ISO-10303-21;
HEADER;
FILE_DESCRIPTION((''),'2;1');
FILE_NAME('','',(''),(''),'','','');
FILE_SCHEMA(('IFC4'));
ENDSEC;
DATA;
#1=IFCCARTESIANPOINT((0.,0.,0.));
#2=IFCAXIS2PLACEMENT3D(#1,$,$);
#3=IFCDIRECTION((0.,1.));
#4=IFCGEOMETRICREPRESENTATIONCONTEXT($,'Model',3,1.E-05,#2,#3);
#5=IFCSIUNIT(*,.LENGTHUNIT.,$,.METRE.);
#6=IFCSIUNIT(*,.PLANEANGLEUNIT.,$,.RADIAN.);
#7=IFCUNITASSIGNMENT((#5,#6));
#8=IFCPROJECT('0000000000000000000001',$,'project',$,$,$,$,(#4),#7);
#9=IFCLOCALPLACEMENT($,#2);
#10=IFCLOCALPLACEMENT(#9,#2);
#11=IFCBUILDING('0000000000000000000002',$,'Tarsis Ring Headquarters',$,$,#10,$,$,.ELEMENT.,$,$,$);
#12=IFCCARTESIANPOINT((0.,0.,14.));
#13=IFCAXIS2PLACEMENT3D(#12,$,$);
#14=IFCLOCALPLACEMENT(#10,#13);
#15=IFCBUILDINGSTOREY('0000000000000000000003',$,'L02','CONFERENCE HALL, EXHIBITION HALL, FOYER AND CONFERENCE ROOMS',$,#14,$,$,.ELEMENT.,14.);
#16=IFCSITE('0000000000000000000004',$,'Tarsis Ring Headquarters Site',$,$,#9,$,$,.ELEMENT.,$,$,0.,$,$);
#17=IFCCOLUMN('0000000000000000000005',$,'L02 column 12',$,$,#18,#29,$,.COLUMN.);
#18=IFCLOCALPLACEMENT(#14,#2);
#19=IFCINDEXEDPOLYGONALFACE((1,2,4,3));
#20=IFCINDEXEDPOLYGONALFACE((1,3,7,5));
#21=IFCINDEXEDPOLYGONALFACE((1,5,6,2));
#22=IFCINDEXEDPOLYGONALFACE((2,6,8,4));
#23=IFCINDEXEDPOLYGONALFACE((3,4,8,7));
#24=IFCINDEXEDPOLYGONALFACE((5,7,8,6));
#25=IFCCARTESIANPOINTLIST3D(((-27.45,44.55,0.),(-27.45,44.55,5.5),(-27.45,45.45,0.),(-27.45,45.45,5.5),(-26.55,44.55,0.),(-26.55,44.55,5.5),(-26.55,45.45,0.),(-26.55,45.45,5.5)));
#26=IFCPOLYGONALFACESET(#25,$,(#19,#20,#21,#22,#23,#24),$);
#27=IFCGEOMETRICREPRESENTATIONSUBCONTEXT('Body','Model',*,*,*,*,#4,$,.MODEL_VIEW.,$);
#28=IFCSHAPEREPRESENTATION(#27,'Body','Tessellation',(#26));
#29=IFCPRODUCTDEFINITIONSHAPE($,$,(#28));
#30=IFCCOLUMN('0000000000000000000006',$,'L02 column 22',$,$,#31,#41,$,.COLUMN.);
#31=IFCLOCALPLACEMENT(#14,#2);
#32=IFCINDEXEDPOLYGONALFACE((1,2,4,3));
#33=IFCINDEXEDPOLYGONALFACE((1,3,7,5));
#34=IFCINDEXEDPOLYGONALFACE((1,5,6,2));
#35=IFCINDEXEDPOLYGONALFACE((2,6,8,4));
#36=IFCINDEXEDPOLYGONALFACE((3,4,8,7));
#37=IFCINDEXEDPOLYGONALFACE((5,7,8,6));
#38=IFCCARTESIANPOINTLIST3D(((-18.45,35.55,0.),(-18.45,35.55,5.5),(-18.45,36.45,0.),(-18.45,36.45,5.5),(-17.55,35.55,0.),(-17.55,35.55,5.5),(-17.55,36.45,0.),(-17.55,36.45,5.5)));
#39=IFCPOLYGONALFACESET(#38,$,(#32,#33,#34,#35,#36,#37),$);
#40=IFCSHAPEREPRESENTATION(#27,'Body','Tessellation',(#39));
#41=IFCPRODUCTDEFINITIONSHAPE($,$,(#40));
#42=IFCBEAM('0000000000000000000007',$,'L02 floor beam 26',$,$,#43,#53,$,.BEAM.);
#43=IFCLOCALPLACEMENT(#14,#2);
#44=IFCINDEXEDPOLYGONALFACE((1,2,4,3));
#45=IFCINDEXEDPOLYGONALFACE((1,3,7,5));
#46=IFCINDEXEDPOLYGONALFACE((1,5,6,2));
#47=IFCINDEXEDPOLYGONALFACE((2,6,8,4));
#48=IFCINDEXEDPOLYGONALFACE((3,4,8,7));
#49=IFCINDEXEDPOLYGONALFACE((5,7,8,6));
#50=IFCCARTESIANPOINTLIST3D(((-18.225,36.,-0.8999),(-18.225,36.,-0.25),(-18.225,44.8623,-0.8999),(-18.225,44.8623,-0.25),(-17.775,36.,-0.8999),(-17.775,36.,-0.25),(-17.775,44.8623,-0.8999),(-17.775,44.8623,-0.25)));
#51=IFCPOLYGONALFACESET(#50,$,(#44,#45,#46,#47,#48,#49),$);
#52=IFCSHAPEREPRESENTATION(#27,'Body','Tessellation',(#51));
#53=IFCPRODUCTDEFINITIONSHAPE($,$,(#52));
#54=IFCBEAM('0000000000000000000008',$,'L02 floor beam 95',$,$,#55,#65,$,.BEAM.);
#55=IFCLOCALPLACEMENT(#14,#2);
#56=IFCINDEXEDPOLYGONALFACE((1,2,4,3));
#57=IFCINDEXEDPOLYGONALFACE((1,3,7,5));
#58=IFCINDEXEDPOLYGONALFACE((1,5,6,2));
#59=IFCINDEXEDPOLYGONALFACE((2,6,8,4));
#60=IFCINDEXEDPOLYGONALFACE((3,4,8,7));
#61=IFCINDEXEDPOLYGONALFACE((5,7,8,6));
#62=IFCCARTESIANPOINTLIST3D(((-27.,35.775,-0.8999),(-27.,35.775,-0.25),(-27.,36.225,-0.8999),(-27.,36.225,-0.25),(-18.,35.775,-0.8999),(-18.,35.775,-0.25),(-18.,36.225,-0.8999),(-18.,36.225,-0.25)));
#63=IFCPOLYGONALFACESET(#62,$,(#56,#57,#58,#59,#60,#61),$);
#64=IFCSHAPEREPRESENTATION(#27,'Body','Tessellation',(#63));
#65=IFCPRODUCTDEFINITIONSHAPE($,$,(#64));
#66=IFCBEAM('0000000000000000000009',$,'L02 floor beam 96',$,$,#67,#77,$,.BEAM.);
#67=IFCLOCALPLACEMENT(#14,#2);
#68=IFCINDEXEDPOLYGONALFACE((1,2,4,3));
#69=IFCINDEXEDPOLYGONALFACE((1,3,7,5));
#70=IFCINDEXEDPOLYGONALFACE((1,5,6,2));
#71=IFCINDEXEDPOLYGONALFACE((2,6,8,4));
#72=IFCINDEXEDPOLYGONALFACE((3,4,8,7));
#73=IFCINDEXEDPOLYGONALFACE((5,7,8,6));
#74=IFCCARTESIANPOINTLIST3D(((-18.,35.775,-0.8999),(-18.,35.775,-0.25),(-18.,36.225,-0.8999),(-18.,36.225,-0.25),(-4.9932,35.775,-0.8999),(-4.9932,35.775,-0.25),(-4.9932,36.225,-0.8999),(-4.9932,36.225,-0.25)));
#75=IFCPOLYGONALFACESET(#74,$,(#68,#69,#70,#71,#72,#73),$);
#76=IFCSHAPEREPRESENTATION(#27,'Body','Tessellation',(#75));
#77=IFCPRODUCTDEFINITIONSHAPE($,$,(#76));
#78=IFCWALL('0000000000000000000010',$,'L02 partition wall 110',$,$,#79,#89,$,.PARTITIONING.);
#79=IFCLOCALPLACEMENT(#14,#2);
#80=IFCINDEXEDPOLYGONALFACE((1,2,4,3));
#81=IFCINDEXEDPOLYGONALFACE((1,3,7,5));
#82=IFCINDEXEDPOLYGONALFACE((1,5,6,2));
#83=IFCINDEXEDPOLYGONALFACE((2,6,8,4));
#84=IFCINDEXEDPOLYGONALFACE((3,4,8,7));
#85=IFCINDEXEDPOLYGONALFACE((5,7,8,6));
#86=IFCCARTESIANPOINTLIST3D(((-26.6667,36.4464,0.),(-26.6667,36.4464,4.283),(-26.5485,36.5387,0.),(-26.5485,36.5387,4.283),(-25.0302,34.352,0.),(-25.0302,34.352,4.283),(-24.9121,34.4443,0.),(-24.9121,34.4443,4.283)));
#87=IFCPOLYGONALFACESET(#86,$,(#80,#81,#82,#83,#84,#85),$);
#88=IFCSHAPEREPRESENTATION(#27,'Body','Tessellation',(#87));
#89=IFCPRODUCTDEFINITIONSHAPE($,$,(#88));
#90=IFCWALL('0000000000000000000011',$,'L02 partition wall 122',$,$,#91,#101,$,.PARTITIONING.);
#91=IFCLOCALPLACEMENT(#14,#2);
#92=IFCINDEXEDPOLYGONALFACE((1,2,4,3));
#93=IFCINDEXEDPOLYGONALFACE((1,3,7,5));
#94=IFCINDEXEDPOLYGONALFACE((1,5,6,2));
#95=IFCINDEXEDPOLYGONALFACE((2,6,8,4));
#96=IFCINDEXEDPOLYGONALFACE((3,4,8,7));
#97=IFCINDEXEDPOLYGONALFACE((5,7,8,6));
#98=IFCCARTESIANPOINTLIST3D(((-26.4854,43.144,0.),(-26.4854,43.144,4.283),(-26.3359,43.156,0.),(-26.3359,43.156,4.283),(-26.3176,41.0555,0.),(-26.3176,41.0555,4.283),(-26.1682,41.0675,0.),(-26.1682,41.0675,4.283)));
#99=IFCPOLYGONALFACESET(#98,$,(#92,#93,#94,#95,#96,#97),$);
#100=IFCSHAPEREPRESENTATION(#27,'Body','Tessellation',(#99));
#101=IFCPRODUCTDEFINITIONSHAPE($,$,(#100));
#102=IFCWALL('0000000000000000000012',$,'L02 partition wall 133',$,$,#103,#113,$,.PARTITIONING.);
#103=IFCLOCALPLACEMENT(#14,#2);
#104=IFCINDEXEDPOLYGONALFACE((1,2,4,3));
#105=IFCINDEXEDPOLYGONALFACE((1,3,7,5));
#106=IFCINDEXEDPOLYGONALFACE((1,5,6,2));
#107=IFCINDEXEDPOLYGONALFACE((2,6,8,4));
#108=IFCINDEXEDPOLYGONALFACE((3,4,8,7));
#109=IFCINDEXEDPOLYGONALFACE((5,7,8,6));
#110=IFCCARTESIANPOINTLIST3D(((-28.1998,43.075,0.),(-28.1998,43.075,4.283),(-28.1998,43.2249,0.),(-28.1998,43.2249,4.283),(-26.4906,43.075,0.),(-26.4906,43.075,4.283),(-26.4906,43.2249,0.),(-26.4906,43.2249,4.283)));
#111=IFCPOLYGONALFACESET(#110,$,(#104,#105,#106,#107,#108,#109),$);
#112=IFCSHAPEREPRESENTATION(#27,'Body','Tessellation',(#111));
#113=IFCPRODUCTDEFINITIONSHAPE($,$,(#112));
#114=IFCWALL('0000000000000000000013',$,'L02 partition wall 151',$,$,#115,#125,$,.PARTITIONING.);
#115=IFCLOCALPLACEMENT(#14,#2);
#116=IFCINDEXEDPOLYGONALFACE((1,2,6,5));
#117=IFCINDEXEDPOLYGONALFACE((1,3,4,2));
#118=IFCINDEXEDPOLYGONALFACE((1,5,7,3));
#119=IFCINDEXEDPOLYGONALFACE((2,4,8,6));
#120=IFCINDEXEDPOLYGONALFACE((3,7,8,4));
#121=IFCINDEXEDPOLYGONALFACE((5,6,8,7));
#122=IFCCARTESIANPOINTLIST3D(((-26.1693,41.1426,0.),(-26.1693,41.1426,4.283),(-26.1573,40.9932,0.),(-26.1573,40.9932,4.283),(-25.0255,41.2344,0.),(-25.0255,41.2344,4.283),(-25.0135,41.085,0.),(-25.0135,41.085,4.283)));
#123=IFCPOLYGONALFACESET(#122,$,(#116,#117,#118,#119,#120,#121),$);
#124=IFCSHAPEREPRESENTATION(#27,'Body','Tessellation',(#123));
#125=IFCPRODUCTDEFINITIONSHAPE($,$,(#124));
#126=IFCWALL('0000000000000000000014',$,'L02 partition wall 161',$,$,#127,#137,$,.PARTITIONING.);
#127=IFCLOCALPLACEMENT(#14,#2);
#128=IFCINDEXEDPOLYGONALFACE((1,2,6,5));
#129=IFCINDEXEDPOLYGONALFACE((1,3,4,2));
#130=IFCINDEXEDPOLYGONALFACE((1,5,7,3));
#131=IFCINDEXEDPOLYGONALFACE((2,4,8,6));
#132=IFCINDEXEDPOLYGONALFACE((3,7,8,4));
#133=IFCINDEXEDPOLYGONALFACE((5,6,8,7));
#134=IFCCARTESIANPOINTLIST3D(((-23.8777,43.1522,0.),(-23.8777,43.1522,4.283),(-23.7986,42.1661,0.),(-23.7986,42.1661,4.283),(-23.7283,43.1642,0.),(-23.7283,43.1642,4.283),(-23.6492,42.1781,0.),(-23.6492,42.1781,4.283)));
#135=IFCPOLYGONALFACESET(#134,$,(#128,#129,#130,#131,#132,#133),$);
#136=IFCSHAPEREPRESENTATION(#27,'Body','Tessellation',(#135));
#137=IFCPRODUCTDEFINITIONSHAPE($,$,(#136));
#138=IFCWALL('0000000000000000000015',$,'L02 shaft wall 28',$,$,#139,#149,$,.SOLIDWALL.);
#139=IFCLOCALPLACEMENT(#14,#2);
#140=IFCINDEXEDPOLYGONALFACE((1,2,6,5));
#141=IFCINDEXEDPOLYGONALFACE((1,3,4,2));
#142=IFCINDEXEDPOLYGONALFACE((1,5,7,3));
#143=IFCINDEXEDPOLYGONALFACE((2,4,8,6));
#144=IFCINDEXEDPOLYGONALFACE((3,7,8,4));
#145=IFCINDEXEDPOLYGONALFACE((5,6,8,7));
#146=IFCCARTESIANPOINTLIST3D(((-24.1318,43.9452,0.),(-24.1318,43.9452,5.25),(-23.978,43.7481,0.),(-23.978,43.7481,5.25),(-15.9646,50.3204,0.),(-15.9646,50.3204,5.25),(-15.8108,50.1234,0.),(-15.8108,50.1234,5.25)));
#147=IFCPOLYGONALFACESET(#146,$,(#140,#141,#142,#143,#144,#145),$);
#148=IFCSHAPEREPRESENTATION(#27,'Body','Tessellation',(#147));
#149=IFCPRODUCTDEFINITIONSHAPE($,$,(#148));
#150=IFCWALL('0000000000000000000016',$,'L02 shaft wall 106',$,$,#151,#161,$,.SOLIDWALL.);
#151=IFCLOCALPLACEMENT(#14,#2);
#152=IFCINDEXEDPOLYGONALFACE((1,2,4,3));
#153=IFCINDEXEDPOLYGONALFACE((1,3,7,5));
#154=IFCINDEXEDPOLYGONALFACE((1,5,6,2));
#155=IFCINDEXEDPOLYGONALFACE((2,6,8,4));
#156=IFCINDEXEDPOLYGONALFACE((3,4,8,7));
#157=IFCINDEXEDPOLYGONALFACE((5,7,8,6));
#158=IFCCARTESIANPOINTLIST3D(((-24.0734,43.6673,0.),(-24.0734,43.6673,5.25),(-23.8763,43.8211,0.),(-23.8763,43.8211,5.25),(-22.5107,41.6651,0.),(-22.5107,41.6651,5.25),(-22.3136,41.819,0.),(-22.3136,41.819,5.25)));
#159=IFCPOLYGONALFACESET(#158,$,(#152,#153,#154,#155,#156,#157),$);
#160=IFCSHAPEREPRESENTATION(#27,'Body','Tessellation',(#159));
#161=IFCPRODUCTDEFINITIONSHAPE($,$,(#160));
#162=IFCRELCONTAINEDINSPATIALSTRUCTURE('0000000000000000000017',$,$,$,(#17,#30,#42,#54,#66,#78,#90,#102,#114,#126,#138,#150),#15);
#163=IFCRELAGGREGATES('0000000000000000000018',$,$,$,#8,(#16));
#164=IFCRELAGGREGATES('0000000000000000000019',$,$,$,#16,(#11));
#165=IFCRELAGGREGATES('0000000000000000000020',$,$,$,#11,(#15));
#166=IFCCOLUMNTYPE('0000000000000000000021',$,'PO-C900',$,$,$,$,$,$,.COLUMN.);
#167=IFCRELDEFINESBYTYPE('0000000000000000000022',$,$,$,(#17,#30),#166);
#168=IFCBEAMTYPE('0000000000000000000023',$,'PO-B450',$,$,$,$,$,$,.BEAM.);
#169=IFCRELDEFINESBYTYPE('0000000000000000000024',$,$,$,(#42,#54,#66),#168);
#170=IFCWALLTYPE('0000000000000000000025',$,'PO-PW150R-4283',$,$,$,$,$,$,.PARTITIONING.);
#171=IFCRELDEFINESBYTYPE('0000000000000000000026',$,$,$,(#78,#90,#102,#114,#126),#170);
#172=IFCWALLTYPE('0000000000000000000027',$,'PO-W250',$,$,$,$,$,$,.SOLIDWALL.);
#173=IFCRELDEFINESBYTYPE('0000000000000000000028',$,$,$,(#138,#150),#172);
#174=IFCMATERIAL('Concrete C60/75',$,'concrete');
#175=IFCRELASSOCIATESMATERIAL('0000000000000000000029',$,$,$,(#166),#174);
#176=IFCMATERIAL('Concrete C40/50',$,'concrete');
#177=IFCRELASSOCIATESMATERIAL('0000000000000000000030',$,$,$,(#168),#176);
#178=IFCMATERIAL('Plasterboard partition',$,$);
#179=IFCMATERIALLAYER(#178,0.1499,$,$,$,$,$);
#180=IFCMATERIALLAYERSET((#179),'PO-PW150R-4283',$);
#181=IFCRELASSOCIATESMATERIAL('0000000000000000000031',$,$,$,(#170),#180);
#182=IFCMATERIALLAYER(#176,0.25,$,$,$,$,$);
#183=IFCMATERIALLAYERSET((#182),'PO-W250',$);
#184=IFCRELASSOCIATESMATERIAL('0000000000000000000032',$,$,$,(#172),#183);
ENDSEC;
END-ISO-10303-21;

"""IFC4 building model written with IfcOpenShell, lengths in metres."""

from ifc_helpers import new_model, si_unit, direction, frame, frame_2d, origin, origin_2d, place, context, subcontext, project, spatial, rectangle, extrude, material, layer, layer_set, material_profile, profile_set, type_object, element, save


model = new_model("IFC4")

# Units and contexts
model_context = context("Model", 3, precision=1e-05, world=origin(), true_north=direction((0.0, 1.0)))
body_context = subcontext(model_context, "Body", "Model", "MODEL_VIEW")
ifc_project = project(units=[si_unit("LENGTHUNIT", "METRE"), si_unit("PLANEANGLEUNIT", "RADIAN")], contexts=[model_context])

# Site, building, storey
site_placement = place(None, origin())
site = spatial("IfcSite", under=ifc_project, at=site_placement, Name="Tarsis Ring Headquarters Site", CompositionType="ELEMENT", RefElevation=0.0)
building_placement = place(site_placement, origin())
building = spatial("IfcBuilding", under=site, at=building_placement, Name="Tarsis Ring Headquarters", CompositionType="ELEMENT")
storey_placement = place(building_placement, frame((0.0, 0.0, 14.0)))
storey = spatial("IfcBuildingStorey", under=building, at=storey_placement, Name="L02", Description="CONFERENCE HALL, EXHIBITION HALL, FOYER AND CONFERENCE ROOMS", CompositionType="ELEMENT", Elevation=14.0)

# Columns
ifc_material_1 = material(Name="Concrete C60/75", Category="concrete")
ifc_material_profile_1 = material_profile(ifc_material_1, rectangle(XDim=0.8999, YDim=0.8999, at=origin_2d()), Name="PO-C900")
ifc_profile_set_1 = profile_set([ifc_material_profile_1], Name="Concrete C60/75")
column_type = type_object("IfcColumnType", Name="PO-C900", PredefinedType="COLUMN", material=ifc_profile_set_1)
for number, where, z_axis, x_axis, name in (
    (1, (-27.0, 45.0, 0.0), (0.0, 0.0, 1.0), (1.0, 0.0, 0.0), "L02 column 12"),
    (2, (-18.0, 36.0, 0.0), (0.0, 0.0, 1.0), (1.0, 0.0, 0.0), "L02 column 22"),
):
    element("IfcColumn", number, at=place(storey_placement, frame(where, z_axis=z_axis, x_axis=x_axis)), inside=storey, type_object=column_type, Name=name, PredefinedType="COLUMN", context=body_context, shape_type="SweptSolid", body=[
        extrude(rectangle(XDim=0.8999, YDim=0.8999, at=origin_2d()), origin(), (0.0, 0.0, 1.0), 5.5),
    ])

# Beams
ifc_material_2 = material(Name="Concrete C40/50", Category="concrete")
ifc_material_profile_2 = material_profile(ifc_material_2, rectangle(XDim=0.45, YDim=0.6499, at=origin_2d()), Name="PO-B450")
ifc_profile_set_2 = profile_set([ifc_material_profile_2], Name="Concrete C40/50")
beam_type = type_object("IfcBeamType", Name="PO-B450", PredefinedType="BEAM", material=ifc_profile_set_2)
beam_1_placement = place(storey_placement, frame((-18.0, 36.0, -0.575), z_axis=(0.0, 1.0, 0.0), x_axis=(-1.0, 0.0, 0.0)))
element("IfcBeam", 3, at=beam_1_placement, inside=storey, type_object=beam_type, Name="L02 floor beam 26", PredefinedType="BEAM", context=body_context, shape_type="SweptSolid", body=[
    extrude(rectangle(XDim=0.45, YDim=0.6499, at=origin_2d()), origin(), (0.0, 0.0, 1.0), 8.8623),
])
beam_2_placement = place(storey_placement, frame((-27.0, 36.0, -0.575), z_axis=(1.0, 0.0, 0.0), x_axis=(0.0, 1.0, 0.0)))
element("IfcBeam", 4, at=beam_2_placement, inside=storey, type_object=beam_type, Name="L02 floor beam 95", PredefinedType="BEAM", context=body_context, shape_type="SweptSolid", body=[
    extrude(rectangle(XDim=0.45, YDim=0.6499, at=origin_2d()), origin(), (0.0, 0.0, 1.0), 9.0),
])
beam_3_placement = place(storey_placement, frame((-18.0, 36.0, -0.575), z_axis=(1.0, 0.0, 0.0), x_axis=(0.0, 1.0, 0.0)))
element("IfcBeam", 5, at=beam_3_placement, inside=storey, type_object=beam_type, Name="L02 floor beam 96", PredefinedType="BEAM", context=body_context, shape_type="SweptSolid", body=[
    extrude(rectangle(XDim=0.45, YDim=0.6499, at=origin_2d()), origin(), (0.0, 0.0, 1.0), 13.0068),
])

# Walls
ifc_material_3 = material(Name="Plasterboard partition")
ifc_layer_1 = layer(ifc_material_3, 0.1499)
ifc_layer_set_1 = layer_set([ifc_layer_1], Name="PO-PW150R-4283")
wall_type_1 = type_object("IfcWallType", Name="PO-PW150R-4283", PredefinedType="PARTITIONING", material=ifc_layer_set_1)
wall_1_placement = place(storey_placement, frame((-26.6077, 36.4927, 0.0), z_axis=(0.0, 0.0, 1.0), x_axis=(0.615681, -0.787995, 0.0)))
element("IfcWall", 6, at=wall_1_placement, inside=storey, type_object=wall_type_1, Name="L02 partition wall 110", PredefinedType="PARTITIONING", context=body_context, shape_type="SweptSolid", body=[
    extrude(rectangle(XDim=2.658, YDim=0.1499, at=frame_2d((1.3291, 0.0))), origin(), (0.0, 0.0, 1.0), 4.283),
])
wall_2_placement = place(storey_placement, frame((-26.2429, 41.0615, 0.0), z_axis=(0.0, 0.0, 1.0), x_axis=(-0.080056, 0.99679, 0.0)))
element("IfcWall", 7, at=wall_2_placement, inside=storey, type_object=wall_type_1, Name="L02 partition wall 122", PredefinedType="PARTITIONING", context=body_context, shape_type="SweptSolid", body=[
    extrude(rectangle(XDim=2.0952, YDim=0.1499, at=frame_2d((1.0476, 0.0))), origin(), (0.0, 0.0, 1.0), 4.283),
])
wall_3_placement = place(storey_placement, frame((-26.4907, 43.1499, 0.0), z_axis=(0.0, 0.0, 1.0), x_axis=(-1.0, 0.0, 0.0)))
element("IfcWall", 8, at=wall_3_placement, inside=storey, type_object=wall_type_1, Name="L02 partition wall 133", PredefinedType="PARTITIONING", context=body_context, shape_type="SweptSolid", body=[
    extrude(rectangle(XDim=1.7092, YDim=0.1499, at=frame_2d((0.8545, 0.0))), origin(), (0.0, 0.0, 1.0), 4.283),
])
wall_4_placement = place(storey_placement, frame((-25.0195, 41.1597, 0.0), z_axis=(0.0, 0.0, 1.0), x_axis=(-0.996795, -0.079999, 0.0)))
element("IfcWall", 9, at=wall_4_placement, inside=storey, type_object=wall_type_1, Name="L02 partition wall 151", PredefinedType="PARTITIONING", context=body_context, shape_type="SweptSolid", body=[
    extrude(rectangle(XDim=1.1475, YDim=0.1499, at=frame_2d((0.5737, 0.0))), origin(), (0.0, 0.0, 1.0), 4.283),
])
wall_5_placement = place(storey_placement, frame((-23.803, 43.1582, 0.0), z_axis=(0.0, 0.0, 1.0), x_axis=(0.079961, -0.996798, 0.0)))
element("IfcWall", 10, at=wall_5_placement, inside=storey, type_object=wall_type_1, Name="L02 partition wall 161", PredefinedType="PARTITIONING", context=body_context, shape_type="SweptSolid", body=[
    extrude(rectangle(XDim=0.9893, YDim=0.1499, at=frame_2d((0.4946, 0.0))), origin(), (0.0, 0.0, 1.0), 4.283),
])
ifc_layer_2 = layer(ifc_material_2, 0.25)
ifc_layer_set_2 = layer_set([ifc_layer_2], Name="PO-W250")
wall_type_2 = type_object("IfcWallType", Name="PO-W250", PredefinedType="SOLIDWALL", material=ifc_layer_set_2)
wall_6_placement = place(storey_placement, frame((-24.0549, 43.8467, 0.0), z_axis=(0.0, 0.0, 1.0), x_axis=(0.788278, 0.61532, 0.0)))
element("IfcWall", 11, at=wall_6_placement, inside=storey, type_object=wall_type_2, Name="L02 shaft wall 28", PredefinedType="SOLIDWALL", context=body_context, shape_type="SweptSolid", body=[
    extrude(rectangle(XDim=10.3608, YDim=0.25, at=frame_2d((5.1804, 0.0))), origin(), (0.0, 0.0, 1.0), 5.25),
])
wall_7_placement = place(storey_placement, frame((-22.4121, 41.7419, 0.0), z_axis=(0.0, 0.0, 1.0), x_axis=(-0.615284, 0.788306, 0.0)))
element("IfcWall", 12, at=wall_7_placement, inside=storey, type_object=wall_type_2, Name="L02 shaft wall 106", PredefinedType="SOLIDWALL", context=body_context, shape_type="SweptSolid", body=[
    extrude(rectangle(XDim=2.5398, YDim=0.25, at=frame_2d((1.27, 0.0))), origin(), (0.0, 0.0, 1.0), 5.25),
])

save(model, "model.ifc")
